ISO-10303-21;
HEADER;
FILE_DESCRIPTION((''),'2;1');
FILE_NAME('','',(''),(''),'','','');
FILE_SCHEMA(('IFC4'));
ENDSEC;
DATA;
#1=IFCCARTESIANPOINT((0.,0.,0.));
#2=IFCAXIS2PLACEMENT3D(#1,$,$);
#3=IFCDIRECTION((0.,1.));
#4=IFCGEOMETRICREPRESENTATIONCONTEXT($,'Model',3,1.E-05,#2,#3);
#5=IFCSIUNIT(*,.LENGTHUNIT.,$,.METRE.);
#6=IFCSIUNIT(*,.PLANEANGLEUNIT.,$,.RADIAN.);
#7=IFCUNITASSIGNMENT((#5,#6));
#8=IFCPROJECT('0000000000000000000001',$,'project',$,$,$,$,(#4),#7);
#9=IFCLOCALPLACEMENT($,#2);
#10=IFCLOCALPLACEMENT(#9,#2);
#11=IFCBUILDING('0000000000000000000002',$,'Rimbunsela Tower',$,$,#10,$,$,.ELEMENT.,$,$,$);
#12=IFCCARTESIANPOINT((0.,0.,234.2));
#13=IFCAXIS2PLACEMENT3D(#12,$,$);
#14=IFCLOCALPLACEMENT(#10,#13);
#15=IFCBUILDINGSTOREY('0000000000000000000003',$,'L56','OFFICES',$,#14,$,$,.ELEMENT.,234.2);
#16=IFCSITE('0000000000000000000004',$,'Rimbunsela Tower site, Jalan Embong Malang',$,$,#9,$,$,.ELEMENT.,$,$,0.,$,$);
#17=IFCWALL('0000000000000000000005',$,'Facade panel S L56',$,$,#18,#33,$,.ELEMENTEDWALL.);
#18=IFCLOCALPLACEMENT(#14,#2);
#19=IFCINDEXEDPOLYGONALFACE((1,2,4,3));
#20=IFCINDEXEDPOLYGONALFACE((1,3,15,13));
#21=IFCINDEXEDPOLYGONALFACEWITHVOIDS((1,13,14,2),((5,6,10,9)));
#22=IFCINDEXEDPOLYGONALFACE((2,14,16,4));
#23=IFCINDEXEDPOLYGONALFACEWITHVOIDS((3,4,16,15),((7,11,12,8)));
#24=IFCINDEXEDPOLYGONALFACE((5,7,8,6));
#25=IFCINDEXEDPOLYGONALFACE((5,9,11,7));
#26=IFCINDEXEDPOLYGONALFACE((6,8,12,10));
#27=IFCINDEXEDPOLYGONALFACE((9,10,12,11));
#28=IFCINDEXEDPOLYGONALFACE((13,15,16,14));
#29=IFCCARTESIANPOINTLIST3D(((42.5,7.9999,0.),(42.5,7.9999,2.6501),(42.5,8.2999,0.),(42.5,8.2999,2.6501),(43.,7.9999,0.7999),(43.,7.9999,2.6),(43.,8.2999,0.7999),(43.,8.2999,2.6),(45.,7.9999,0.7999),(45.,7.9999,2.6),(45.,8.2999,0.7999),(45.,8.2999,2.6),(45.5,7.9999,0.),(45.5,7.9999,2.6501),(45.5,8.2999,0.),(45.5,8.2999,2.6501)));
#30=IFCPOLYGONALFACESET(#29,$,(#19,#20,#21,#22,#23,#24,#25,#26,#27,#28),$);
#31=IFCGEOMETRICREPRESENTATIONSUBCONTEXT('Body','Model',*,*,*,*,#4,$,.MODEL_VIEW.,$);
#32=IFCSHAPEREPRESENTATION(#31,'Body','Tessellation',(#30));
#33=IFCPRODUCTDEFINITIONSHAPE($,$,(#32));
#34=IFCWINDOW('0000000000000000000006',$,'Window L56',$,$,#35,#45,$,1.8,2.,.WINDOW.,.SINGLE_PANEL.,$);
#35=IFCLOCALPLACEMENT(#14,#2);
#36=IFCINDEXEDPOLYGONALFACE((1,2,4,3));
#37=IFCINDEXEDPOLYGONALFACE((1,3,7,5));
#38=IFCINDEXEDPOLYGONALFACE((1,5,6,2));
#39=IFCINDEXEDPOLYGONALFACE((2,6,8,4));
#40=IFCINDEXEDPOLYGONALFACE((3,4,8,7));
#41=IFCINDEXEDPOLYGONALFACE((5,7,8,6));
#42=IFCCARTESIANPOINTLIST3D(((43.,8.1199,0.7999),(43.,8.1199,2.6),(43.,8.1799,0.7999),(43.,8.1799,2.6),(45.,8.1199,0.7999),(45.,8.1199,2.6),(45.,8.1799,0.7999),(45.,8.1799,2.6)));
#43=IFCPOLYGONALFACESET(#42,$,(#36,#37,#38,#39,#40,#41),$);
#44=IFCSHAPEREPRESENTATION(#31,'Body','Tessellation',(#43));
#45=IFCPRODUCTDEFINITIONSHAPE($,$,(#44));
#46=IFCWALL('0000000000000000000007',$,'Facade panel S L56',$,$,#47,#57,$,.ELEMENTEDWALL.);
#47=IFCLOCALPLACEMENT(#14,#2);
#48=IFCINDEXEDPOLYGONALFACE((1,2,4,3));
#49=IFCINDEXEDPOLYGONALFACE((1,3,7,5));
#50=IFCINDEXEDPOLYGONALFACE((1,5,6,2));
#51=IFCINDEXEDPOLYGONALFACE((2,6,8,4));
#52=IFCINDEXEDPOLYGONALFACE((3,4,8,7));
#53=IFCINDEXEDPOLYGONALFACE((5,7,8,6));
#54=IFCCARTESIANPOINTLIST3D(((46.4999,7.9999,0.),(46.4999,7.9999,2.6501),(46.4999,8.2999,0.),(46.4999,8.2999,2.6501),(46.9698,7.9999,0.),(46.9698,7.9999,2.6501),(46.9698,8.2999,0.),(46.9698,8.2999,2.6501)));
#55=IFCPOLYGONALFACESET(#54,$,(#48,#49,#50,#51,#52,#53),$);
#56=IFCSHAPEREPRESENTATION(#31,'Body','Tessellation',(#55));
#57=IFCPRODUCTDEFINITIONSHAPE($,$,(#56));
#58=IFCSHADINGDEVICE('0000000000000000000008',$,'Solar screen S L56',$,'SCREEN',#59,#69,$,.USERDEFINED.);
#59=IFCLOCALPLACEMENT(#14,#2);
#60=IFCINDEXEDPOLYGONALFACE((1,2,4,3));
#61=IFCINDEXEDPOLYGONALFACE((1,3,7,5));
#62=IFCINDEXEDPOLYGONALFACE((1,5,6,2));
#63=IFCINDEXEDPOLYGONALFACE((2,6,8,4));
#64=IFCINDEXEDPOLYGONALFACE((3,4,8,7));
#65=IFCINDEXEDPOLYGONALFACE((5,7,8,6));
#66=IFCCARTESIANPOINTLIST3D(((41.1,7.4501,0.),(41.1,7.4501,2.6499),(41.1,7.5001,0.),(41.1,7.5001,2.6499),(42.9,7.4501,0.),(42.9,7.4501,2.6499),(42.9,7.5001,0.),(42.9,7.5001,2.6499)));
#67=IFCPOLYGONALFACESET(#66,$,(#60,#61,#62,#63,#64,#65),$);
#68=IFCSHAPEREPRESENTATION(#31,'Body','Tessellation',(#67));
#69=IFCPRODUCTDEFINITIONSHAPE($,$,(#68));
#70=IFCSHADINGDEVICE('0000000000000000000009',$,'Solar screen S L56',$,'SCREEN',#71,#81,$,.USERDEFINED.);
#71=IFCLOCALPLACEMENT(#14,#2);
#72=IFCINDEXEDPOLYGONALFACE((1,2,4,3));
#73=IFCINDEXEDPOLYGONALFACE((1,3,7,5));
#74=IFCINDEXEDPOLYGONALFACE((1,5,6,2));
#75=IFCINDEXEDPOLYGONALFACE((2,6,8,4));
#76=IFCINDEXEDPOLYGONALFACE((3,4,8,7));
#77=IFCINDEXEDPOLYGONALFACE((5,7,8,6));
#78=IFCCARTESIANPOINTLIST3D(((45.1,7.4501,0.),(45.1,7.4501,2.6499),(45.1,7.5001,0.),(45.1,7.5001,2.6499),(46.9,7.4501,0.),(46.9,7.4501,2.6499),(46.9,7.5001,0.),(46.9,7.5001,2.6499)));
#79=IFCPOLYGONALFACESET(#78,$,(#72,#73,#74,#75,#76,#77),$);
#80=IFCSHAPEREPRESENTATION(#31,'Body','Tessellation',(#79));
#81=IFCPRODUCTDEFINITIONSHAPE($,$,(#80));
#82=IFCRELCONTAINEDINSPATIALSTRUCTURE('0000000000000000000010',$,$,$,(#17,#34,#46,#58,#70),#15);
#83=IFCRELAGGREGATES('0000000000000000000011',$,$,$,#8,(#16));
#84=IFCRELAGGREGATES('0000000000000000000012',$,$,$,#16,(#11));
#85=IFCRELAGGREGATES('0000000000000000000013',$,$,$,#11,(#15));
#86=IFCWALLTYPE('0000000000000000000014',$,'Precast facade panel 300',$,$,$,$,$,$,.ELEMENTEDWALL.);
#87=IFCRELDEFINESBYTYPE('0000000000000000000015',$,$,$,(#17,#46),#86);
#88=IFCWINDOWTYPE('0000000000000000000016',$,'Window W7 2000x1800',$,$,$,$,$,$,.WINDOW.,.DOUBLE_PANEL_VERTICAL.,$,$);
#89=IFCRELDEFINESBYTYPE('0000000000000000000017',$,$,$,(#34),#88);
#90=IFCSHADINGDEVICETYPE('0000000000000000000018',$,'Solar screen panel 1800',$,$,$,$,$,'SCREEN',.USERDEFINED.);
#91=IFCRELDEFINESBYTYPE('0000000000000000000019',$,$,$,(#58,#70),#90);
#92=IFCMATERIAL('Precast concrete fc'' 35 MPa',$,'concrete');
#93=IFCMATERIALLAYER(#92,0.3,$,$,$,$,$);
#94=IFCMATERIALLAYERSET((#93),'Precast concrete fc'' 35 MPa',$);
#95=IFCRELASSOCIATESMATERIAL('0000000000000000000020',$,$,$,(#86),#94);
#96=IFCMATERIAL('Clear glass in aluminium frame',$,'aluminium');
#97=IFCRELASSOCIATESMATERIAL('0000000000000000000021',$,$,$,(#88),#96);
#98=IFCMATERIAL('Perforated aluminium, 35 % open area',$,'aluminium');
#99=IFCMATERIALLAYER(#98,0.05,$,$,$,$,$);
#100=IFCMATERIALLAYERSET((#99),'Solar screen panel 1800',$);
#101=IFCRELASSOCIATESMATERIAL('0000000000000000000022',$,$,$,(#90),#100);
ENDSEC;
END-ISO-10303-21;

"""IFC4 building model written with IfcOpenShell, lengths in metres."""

from ifc_helpers import new_model, si_unit, direction, frame, frame_2d, origin, origin_2d, place, context, subcontext, project, spatial, rectangle, extrude, material, layer, layer_set, type_object, element, fill, save


model = new_model("IFC4")

# Units and contexts
model_context = context("Model", 3, precision=1e-05, world=origin(), true_north=direction((0.0, 1.0)))
body_context = subcontext(model_context, "Body", "Model", "MODEL_VIEW")
ifc_project = project(units=[si_unit("LENGTHUNIT", "METRE"), si_unit("PLANEANGLEUNIT", "RADIAN")], contexts=[model_context])

# Site, building, storey
site_placement = place(None, origin())
site = spatial("IfcSite", under=ifc_project, at=site_placement, Name="Rimbunsela Tower site, Jalan Embong Malang", CompositionType="ELEMENT", RefElevation=0.0)
building_placement = place(site_placement, origin())
building = spatial("IfcBuilding", under=site, at=building_placement, Name="Rimbunsela Tower", CompositionType="ELEMENT")
storey_placement = place(building_placement, frame((0.0, 0.0, 234.2)))
storey = spatial("IfcBuildingStorey", under=building, at=storey_placement, Name="L56", Description="OFFICES", CompositionType="ELEMENT", Elevation=234.2)

# Wall, opening, window
ifc_material_1 = material(Name="Precast concrete fc' 35 MPa", Category="concrete")
ifc_layer_1 = layer(ifc_material_1, 0.3)
ifc_layer_set_1 = layer_set([ifc_layer_1], Name="Precast concrete fc' 35 MPa")
wall_type = type_object("IfcWallType", Name="Precast facade panel 300", PredefinedType="ELEMENTEDWALL", material=ifc_layer_set_1)
wall_1_placement = place(storey_placement, frame((42.5, 8.1499, 0.0), z_axis=(0.0, 0.0, 1.0), x_axis=(1.0, 0.0, 0.0)))
wall_1 = element("IfcWall", 1, at=wall_1_placement, inside=storey, type_object=wall_type, Name="Facade panel S L56", PredefinedType="ELEMENTEDWALL", context=body_context, shape_type="SweptSolid", body=[
    extrude(rectangle(XDim=3.0, YDim=0.3, at=frame_2d((1.5, 0.0))), origin(), (0.0, 0.0, 1.0), 2.6501),
])
opening_placement = place(wall_1_placement, frame((0.5, 0.0, 0.8)))
opening = element("IfcOpeningElement", 2, at=opening_placement, cuts=wall_1, PredefinedType="OPENING", context=body_context, shape_type="SweptSolid", body=[
    extrude(rectangle(XDim=2.0, YDim=1.8, at=frame_2d((1.0, 0.8999))), frame((0.0, 0.1599, 0.0), z_axis=(0.0, -1.0, 0.0), x_axis=(1.0, 0.0, 0.0)), (0.0, 0.0, 1.0), 0.3201),
])
ifc_material_2 = material(Name="Clear glass in aluminium frame", Category="aluminium")
window_type = type_object("IfcWindowType", Name="Window W7 2000x1800", PartitioningType="DOUBLE_PANEL_VERTICAL", PredefinedType="WINDOW", material=ifc_material_2)
window_placement = place(opening_placement, origin())
window = element("IfcWindow", 3, at=window_placement, inside=storey, type_object=window_type, Name="Window L56", OverallHeight=1.8, OverallWidth=2.0, PartitioningType="SINGLE_PANEL", PredefinedType="WINDOW", context=body_context, shape_type="SweptSolid", body=[
    extrude(rectangle(XDim=2.0, YDim=1.8, at=frame_2d((1.0, 0.8999))), frame((0.0, 0.03, 0.0), z_axis=(0.0, -1.0, 0.0), x_axis=(1.0, 0.0, 0.0)), (0.0, 0.0, 1.0), 0.0601),
])
fill(opening, window)

# Wall
wall_2_placement = place(storey_placement, frame((46.5, 8.1499, 0.0), z_axis=(0.0, 0.0, 1.0), x_axis=(1.0, 0.0, 0.0)))
element("IfcWall", 4, at=wall_2_placement, inside=storey, type_object=wall_type, Name="Facade panel S L56", PredefinedType="ELEMENTEDWALL", context=body_context, shape_type="SweptSolid", body=[
    extrude(rectangle(XDim=0.47, YDim=0.3, at=frame_2d((0.2349, 0.0))), origin(), (0.0, 0.0, 1.0), 2.6501),
])

# Shading devices
ifc_material_3 = material(Name="Perforated aluminium, 35 % open area", Category="aluminium")
ifc_layer_2 = layer(ifc_material_3, 0.05)
ifc_layer_set_2 = layer_set([ifc_layer_2], Name="Solar screen panel 1800")
shading_device_type = type_object("IfcShadingDeviceType", Name="Solar screen panel 1800", ElementType="SCREEN", PredefinedType="USERDEFINED", material=ifc_layer_set_2)
for number, where, z_axis, x_axis, name in (
    (5, (42.0, 7.4751, 0.0), (0.0, 0.0, 1.0), (1.0, 0.0, 0.0), "Solar screen S L56"),
    (6, (46.0, 7.4751, 0.0), (0.0, 0.0, 1.0), (1.0, 0.0, 0.0), "Solar screen S L56"),
):
    element("IfcShadingDevice", number, at=place(storey_placement, frame(where, z_axis=z_axis, x_axis=x_axis)), inside=storey, type_object=shading_device_type, Name=name, ObjectType="SCREEN", PredefinedType="USERDEFINED", context=body_context, shape_type="SweptSolid", body=[
        extrude(rectangle(XDim=1.8, YDim=0.05, at=origin_2d()), origin(), (0.0, 0.0, 1.0), 2.6499),
    ])

save(model, "model.ifc")
